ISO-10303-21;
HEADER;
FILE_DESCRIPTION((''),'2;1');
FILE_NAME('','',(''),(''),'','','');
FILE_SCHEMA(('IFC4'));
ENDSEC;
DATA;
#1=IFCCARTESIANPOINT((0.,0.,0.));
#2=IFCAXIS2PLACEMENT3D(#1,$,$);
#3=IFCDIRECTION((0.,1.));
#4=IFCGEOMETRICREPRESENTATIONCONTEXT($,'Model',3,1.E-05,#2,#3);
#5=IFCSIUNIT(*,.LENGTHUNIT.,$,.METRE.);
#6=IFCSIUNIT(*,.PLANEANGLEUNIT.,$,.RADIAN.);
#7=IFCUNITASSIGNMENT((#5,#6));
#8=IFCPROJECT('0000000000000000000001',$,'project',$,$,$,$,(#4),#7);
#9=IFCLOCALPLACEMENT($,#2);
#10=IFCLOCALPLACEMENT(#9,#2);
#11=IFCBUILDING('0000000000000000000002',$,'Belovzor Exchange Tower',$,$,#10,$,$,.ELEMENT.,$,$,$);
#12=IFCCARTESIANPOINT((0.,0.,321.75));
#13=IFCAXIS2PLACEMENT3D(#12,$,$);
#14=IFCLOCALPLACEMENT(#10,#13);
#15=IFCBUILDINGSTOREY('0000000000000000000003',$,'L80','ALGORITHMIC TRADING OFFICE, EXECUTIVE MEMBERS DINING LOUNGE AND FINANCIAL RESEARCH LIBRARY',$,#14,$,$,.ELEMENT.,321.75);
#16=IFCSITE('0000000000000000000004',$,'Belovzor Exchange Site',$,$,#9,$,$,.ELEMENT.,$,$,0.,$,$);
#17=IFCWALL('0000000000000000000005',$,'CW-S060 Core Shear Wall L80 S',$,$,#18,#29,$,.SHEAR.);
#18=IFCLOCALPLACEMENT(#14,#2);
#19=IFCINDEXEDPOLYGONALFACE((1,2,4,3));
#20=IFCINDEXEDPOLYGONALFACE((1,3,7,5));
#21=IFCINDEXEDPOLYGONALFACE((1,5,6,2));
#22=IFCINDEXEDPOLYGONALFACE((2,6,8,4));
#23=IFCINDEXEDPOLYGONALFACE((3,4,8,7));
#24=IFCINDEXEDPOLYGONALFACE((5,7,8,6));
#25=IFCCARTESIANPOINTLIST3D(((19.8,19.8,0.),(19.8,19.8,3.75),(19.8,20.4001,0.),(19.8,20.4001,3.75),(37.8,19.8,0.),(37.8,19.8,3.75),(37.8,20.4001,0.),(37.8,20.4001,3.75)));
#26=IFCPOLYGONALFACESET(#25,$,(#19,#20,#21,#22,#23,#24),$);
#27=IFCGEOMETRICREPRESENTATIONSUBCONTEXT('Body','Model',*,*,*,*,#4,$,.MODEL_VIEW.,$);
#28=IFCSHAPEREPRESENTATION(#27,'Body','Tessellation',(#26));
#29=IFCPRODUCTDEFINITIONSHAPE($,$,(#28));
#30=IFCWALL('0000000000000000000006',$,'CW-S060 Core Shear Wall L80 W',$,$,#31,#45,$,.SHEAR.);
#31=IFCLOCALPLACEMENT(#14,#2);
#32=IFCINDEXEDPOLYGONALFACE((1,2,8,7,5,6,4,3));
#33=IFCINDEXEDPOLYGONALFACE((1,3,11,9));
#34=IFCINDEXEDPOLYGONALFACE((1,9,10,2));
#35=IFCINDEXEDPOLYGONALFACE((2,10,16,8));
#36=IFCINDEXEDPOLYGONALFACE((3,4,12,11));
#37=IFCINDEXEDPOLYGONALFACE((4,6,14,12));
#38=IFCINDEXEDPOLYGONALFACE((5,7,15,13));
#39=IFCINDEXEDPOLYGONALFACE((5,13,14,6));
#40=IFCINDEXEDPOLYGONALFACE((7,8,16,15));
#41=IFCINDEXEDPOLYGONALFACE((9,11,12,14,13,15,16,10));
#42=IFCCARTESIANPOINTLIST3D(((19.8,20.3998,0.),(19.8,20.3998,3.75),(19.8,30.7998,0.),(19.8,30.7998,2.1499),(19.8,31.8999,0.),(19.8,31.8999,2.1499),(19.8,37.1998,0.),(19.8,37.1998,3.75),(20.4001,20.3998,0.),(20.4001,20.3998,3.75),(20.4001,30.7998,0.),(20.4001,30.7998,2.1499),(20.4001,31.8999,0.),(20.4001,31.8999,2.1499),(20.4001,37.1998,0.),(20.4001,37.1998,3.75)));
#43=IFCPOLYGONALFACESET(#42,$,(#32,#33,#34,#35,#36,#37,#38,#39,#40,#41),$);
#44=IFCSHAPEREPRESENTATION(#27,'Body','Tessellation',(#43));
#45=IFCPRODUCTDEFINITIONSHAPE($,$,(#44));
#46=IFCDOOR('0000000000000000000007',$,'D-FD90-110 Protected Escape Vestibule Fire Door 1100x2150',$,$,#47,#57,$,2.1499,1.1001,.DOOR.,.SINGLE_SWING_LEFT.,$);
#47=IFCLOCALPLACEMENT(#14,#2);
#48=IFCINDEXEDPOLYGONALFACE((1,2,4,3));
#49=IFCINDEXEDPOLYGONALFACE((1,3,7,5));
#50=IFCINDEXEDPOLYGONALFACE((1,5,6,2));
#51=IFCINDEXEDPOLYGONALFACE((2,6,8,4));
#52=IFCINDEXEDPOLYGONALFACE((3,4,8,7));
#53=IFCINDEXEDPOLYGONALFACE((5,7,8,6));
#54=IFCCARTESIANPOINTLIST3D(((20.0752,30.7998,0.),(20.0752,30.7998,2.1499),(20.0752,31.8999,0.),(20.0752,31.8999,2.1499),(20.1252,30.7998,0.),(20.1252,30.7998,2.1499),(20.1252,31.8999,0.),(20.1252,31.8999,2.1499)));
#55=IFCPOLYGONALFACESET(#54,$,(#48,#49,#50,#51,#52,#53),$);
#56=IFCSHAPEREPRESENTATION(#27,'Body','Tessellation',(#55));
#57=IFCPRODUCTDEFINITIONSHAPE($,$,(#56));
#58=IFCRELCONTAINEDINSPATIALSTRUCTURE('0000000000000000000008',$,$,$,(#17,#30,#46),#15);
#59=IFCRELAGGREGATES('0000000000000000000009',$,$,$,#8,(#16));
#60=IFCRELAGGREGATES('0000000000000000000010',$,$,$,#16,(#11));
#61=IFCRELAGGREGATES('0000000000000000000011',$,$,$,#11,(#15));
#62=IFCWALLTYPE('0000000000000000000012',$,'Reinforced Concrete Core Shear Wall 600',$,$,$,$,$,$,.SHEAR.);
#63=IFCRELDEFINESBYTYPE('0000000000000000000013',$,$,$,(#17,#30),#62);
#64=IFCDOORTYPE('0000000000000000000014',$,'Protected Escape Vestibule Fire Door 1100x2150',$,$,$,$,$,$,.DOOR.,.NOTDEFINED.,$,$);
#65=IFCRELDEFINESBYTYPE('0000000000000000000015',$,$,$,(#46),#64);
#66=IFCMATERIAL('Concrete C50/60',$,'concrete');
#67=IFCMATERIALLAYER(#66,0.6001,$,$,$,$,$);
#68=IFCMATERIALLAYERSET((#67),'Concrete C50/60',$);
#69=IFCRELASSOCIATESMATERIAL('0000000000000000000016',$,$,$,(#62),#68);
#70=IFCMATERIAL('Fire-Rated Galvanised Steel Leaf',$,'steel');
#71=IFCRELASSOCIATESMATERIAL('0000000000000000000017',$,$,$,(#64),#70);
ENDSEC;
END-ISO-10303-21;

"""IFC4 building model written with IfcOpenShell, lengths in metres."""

from ifc_helpers import new_model, si_unit, direction, frame, frame_2d, origin, place, context, subcontext, project, spatial, rectangle, extrude, material, layer, layer_set, type_object, element, fill, save


model = new_model("IFC4")

# Units and contexts
model_context = context("Model", 3, precision=1e-05, world=origin(), true_north=direction((0.0, 1.0)))
body_context = subcontext(model_context, "Body", "Model", "MODEL_VIEW")
ifc_project = project(units=[si_unit("LENGTHUNIT", "METRE"), si_unit("PLANEANGLEUNIT", "RADIAN")], contexts=[model_context])

# Site, building, storey
site_placement = place(None, origin())
site = spatial("IfcSite", under=ifc_project, at=site_placement, Name="Belovzor Exchange Site", CompositionType="ELEMENT", RefElevation=0.0)
building_placement = place(site_placement, origin())
building = spatial("IfcBuilding", under=site, at=building_placement, Name="Belovzor Exchange Tower", CompositionType="ELEMENT")
storey_placement = place(building_placement, frame((0.0, 0.0, 321.75)))
storey = spatial("IfcBuildingStorey", under=building, at=storey_placement, Name="L80", Description="ALGORITHMIC TRADING OFFICE, EXECUTIVE MEMBERS DINING LOUNGE AND FINANCIAL RESEARCH LIBRARY", CompositionType="ELEMENT", Elevation=321.75)

# Wall
ifc_material_1 = material(Name="Concrete C50/60", Category="concrete")
ifc_layer_1 = layer(ifc_material_1, 0.6001)
ifc_layer_set_1 = layer_set([ifc_layer_1], Name="Concrete C50/60")
wall_type_1 = type_object("IfcWallType", Name="Reinforced Concrete Core Shear Wall 600", PredefinedType="SHEAR", material=ifc_layer_set_1)
wall_1_placement = place(storey_placement, frame((19.8, 20.1001, 0.0), z_axis=(0.0, 0.0, 1.0), x_axis=(1.0, 0.0, 0.0)))
element("IfcWall", 1, at=wall_1_placement, inside=storey, type_object=wall_type_1, Name="CW-S060 Core Shear Wall L80 S", PredefinedType="SHEAR", context=body_context, shape_type="SweptSolid", body=[
    extrude(rectangle(XDim=18.0, YDim=0.6001, at=frame_2d((9.0, 0.0))), origin(), (0.0, 0.0, 1.0), 3.75),
])

# Wall, opening, door
wall_2_placement = place(storey_placement, frame((20.1001, 20.3999, 0.0), z_axis=(0.0, 0.0, 1.0), x_axis=(0.0, 1.0, 0.0)))
wall_2 = element("IfcWall", 2, at=wall_2_placement, inside=storey, type_object=wall_type_1, Name="CW-S060 Core Shear Wall L80 W", PredefinedType="SHEAR", context=body_context, shape_type="SweptSolid", body=[
    extrude(rectangle(XDim=16.8, YDim=0.6001, at=frame_2d((8.3999, 0.0))), origin(), (0.0, 0.0, 1.0), 3.75),
])
opening_1_placement = place(wall_2_placement, frame((10.3999, 0.0, 0.0)))
opening_1 = element("IfcOpeningElement", 3, at=opening_1_placement, cuts=wall_2, PredefinedType="OPENING", context=body_context, shape_type="SweptSolid", body=[
    extrude(rectangle(XDim=1.1001, YDim=2.1499, at=frame_2d((0.55, 1.075))), frame((0.0, 0.3101, 0.0), z_axis=(0.0, -1.0, 0.0), x_axis=(1.0, 0.0, 0.0)), (0.0, 0.0, 1.0), 0.6201),
])
ifc_material_2 = material(Name="Fire-Rated Galvanised Steel Leaf", Category="steel")
door_type_1 = type_object("IfcDoorType", Name="Protected Escape Vestibule Fire Door 1100x2150", OperationType="NOTDEFINED", PredefinedType="DOOR", material=ifc_material_2)
door_1_placement = place(opening_1_placement, origin())
door_1 = element("IfcDoor", 4, at=door_1_placement, inside=storey, type_object=door_type_1, Name="D-FD90-110 Protected Escape Vestibule Fire Door 1100x2150", OperationType="SINGLE_SWING_LEFT", OverallHeight=2.1499, OverallWidth=1.1001, PredefinedType="DOOR", context=body_context, shape_type="SweptSolid", body=[
    extrude(rectangle(XDim=1.1001, YDim=2.1499, at=frame_2d((0.55, 1.075))), frame((0.0, 0.0249, 0.0), z_axis=(0.0, -1.0, 0.0), x_axis=(1.0, 0.0, 0.0)), (0.0, 0.0, 1.0), 0.05),
])
fill(opening_1, door_1)

save(model, "model.ifc")
